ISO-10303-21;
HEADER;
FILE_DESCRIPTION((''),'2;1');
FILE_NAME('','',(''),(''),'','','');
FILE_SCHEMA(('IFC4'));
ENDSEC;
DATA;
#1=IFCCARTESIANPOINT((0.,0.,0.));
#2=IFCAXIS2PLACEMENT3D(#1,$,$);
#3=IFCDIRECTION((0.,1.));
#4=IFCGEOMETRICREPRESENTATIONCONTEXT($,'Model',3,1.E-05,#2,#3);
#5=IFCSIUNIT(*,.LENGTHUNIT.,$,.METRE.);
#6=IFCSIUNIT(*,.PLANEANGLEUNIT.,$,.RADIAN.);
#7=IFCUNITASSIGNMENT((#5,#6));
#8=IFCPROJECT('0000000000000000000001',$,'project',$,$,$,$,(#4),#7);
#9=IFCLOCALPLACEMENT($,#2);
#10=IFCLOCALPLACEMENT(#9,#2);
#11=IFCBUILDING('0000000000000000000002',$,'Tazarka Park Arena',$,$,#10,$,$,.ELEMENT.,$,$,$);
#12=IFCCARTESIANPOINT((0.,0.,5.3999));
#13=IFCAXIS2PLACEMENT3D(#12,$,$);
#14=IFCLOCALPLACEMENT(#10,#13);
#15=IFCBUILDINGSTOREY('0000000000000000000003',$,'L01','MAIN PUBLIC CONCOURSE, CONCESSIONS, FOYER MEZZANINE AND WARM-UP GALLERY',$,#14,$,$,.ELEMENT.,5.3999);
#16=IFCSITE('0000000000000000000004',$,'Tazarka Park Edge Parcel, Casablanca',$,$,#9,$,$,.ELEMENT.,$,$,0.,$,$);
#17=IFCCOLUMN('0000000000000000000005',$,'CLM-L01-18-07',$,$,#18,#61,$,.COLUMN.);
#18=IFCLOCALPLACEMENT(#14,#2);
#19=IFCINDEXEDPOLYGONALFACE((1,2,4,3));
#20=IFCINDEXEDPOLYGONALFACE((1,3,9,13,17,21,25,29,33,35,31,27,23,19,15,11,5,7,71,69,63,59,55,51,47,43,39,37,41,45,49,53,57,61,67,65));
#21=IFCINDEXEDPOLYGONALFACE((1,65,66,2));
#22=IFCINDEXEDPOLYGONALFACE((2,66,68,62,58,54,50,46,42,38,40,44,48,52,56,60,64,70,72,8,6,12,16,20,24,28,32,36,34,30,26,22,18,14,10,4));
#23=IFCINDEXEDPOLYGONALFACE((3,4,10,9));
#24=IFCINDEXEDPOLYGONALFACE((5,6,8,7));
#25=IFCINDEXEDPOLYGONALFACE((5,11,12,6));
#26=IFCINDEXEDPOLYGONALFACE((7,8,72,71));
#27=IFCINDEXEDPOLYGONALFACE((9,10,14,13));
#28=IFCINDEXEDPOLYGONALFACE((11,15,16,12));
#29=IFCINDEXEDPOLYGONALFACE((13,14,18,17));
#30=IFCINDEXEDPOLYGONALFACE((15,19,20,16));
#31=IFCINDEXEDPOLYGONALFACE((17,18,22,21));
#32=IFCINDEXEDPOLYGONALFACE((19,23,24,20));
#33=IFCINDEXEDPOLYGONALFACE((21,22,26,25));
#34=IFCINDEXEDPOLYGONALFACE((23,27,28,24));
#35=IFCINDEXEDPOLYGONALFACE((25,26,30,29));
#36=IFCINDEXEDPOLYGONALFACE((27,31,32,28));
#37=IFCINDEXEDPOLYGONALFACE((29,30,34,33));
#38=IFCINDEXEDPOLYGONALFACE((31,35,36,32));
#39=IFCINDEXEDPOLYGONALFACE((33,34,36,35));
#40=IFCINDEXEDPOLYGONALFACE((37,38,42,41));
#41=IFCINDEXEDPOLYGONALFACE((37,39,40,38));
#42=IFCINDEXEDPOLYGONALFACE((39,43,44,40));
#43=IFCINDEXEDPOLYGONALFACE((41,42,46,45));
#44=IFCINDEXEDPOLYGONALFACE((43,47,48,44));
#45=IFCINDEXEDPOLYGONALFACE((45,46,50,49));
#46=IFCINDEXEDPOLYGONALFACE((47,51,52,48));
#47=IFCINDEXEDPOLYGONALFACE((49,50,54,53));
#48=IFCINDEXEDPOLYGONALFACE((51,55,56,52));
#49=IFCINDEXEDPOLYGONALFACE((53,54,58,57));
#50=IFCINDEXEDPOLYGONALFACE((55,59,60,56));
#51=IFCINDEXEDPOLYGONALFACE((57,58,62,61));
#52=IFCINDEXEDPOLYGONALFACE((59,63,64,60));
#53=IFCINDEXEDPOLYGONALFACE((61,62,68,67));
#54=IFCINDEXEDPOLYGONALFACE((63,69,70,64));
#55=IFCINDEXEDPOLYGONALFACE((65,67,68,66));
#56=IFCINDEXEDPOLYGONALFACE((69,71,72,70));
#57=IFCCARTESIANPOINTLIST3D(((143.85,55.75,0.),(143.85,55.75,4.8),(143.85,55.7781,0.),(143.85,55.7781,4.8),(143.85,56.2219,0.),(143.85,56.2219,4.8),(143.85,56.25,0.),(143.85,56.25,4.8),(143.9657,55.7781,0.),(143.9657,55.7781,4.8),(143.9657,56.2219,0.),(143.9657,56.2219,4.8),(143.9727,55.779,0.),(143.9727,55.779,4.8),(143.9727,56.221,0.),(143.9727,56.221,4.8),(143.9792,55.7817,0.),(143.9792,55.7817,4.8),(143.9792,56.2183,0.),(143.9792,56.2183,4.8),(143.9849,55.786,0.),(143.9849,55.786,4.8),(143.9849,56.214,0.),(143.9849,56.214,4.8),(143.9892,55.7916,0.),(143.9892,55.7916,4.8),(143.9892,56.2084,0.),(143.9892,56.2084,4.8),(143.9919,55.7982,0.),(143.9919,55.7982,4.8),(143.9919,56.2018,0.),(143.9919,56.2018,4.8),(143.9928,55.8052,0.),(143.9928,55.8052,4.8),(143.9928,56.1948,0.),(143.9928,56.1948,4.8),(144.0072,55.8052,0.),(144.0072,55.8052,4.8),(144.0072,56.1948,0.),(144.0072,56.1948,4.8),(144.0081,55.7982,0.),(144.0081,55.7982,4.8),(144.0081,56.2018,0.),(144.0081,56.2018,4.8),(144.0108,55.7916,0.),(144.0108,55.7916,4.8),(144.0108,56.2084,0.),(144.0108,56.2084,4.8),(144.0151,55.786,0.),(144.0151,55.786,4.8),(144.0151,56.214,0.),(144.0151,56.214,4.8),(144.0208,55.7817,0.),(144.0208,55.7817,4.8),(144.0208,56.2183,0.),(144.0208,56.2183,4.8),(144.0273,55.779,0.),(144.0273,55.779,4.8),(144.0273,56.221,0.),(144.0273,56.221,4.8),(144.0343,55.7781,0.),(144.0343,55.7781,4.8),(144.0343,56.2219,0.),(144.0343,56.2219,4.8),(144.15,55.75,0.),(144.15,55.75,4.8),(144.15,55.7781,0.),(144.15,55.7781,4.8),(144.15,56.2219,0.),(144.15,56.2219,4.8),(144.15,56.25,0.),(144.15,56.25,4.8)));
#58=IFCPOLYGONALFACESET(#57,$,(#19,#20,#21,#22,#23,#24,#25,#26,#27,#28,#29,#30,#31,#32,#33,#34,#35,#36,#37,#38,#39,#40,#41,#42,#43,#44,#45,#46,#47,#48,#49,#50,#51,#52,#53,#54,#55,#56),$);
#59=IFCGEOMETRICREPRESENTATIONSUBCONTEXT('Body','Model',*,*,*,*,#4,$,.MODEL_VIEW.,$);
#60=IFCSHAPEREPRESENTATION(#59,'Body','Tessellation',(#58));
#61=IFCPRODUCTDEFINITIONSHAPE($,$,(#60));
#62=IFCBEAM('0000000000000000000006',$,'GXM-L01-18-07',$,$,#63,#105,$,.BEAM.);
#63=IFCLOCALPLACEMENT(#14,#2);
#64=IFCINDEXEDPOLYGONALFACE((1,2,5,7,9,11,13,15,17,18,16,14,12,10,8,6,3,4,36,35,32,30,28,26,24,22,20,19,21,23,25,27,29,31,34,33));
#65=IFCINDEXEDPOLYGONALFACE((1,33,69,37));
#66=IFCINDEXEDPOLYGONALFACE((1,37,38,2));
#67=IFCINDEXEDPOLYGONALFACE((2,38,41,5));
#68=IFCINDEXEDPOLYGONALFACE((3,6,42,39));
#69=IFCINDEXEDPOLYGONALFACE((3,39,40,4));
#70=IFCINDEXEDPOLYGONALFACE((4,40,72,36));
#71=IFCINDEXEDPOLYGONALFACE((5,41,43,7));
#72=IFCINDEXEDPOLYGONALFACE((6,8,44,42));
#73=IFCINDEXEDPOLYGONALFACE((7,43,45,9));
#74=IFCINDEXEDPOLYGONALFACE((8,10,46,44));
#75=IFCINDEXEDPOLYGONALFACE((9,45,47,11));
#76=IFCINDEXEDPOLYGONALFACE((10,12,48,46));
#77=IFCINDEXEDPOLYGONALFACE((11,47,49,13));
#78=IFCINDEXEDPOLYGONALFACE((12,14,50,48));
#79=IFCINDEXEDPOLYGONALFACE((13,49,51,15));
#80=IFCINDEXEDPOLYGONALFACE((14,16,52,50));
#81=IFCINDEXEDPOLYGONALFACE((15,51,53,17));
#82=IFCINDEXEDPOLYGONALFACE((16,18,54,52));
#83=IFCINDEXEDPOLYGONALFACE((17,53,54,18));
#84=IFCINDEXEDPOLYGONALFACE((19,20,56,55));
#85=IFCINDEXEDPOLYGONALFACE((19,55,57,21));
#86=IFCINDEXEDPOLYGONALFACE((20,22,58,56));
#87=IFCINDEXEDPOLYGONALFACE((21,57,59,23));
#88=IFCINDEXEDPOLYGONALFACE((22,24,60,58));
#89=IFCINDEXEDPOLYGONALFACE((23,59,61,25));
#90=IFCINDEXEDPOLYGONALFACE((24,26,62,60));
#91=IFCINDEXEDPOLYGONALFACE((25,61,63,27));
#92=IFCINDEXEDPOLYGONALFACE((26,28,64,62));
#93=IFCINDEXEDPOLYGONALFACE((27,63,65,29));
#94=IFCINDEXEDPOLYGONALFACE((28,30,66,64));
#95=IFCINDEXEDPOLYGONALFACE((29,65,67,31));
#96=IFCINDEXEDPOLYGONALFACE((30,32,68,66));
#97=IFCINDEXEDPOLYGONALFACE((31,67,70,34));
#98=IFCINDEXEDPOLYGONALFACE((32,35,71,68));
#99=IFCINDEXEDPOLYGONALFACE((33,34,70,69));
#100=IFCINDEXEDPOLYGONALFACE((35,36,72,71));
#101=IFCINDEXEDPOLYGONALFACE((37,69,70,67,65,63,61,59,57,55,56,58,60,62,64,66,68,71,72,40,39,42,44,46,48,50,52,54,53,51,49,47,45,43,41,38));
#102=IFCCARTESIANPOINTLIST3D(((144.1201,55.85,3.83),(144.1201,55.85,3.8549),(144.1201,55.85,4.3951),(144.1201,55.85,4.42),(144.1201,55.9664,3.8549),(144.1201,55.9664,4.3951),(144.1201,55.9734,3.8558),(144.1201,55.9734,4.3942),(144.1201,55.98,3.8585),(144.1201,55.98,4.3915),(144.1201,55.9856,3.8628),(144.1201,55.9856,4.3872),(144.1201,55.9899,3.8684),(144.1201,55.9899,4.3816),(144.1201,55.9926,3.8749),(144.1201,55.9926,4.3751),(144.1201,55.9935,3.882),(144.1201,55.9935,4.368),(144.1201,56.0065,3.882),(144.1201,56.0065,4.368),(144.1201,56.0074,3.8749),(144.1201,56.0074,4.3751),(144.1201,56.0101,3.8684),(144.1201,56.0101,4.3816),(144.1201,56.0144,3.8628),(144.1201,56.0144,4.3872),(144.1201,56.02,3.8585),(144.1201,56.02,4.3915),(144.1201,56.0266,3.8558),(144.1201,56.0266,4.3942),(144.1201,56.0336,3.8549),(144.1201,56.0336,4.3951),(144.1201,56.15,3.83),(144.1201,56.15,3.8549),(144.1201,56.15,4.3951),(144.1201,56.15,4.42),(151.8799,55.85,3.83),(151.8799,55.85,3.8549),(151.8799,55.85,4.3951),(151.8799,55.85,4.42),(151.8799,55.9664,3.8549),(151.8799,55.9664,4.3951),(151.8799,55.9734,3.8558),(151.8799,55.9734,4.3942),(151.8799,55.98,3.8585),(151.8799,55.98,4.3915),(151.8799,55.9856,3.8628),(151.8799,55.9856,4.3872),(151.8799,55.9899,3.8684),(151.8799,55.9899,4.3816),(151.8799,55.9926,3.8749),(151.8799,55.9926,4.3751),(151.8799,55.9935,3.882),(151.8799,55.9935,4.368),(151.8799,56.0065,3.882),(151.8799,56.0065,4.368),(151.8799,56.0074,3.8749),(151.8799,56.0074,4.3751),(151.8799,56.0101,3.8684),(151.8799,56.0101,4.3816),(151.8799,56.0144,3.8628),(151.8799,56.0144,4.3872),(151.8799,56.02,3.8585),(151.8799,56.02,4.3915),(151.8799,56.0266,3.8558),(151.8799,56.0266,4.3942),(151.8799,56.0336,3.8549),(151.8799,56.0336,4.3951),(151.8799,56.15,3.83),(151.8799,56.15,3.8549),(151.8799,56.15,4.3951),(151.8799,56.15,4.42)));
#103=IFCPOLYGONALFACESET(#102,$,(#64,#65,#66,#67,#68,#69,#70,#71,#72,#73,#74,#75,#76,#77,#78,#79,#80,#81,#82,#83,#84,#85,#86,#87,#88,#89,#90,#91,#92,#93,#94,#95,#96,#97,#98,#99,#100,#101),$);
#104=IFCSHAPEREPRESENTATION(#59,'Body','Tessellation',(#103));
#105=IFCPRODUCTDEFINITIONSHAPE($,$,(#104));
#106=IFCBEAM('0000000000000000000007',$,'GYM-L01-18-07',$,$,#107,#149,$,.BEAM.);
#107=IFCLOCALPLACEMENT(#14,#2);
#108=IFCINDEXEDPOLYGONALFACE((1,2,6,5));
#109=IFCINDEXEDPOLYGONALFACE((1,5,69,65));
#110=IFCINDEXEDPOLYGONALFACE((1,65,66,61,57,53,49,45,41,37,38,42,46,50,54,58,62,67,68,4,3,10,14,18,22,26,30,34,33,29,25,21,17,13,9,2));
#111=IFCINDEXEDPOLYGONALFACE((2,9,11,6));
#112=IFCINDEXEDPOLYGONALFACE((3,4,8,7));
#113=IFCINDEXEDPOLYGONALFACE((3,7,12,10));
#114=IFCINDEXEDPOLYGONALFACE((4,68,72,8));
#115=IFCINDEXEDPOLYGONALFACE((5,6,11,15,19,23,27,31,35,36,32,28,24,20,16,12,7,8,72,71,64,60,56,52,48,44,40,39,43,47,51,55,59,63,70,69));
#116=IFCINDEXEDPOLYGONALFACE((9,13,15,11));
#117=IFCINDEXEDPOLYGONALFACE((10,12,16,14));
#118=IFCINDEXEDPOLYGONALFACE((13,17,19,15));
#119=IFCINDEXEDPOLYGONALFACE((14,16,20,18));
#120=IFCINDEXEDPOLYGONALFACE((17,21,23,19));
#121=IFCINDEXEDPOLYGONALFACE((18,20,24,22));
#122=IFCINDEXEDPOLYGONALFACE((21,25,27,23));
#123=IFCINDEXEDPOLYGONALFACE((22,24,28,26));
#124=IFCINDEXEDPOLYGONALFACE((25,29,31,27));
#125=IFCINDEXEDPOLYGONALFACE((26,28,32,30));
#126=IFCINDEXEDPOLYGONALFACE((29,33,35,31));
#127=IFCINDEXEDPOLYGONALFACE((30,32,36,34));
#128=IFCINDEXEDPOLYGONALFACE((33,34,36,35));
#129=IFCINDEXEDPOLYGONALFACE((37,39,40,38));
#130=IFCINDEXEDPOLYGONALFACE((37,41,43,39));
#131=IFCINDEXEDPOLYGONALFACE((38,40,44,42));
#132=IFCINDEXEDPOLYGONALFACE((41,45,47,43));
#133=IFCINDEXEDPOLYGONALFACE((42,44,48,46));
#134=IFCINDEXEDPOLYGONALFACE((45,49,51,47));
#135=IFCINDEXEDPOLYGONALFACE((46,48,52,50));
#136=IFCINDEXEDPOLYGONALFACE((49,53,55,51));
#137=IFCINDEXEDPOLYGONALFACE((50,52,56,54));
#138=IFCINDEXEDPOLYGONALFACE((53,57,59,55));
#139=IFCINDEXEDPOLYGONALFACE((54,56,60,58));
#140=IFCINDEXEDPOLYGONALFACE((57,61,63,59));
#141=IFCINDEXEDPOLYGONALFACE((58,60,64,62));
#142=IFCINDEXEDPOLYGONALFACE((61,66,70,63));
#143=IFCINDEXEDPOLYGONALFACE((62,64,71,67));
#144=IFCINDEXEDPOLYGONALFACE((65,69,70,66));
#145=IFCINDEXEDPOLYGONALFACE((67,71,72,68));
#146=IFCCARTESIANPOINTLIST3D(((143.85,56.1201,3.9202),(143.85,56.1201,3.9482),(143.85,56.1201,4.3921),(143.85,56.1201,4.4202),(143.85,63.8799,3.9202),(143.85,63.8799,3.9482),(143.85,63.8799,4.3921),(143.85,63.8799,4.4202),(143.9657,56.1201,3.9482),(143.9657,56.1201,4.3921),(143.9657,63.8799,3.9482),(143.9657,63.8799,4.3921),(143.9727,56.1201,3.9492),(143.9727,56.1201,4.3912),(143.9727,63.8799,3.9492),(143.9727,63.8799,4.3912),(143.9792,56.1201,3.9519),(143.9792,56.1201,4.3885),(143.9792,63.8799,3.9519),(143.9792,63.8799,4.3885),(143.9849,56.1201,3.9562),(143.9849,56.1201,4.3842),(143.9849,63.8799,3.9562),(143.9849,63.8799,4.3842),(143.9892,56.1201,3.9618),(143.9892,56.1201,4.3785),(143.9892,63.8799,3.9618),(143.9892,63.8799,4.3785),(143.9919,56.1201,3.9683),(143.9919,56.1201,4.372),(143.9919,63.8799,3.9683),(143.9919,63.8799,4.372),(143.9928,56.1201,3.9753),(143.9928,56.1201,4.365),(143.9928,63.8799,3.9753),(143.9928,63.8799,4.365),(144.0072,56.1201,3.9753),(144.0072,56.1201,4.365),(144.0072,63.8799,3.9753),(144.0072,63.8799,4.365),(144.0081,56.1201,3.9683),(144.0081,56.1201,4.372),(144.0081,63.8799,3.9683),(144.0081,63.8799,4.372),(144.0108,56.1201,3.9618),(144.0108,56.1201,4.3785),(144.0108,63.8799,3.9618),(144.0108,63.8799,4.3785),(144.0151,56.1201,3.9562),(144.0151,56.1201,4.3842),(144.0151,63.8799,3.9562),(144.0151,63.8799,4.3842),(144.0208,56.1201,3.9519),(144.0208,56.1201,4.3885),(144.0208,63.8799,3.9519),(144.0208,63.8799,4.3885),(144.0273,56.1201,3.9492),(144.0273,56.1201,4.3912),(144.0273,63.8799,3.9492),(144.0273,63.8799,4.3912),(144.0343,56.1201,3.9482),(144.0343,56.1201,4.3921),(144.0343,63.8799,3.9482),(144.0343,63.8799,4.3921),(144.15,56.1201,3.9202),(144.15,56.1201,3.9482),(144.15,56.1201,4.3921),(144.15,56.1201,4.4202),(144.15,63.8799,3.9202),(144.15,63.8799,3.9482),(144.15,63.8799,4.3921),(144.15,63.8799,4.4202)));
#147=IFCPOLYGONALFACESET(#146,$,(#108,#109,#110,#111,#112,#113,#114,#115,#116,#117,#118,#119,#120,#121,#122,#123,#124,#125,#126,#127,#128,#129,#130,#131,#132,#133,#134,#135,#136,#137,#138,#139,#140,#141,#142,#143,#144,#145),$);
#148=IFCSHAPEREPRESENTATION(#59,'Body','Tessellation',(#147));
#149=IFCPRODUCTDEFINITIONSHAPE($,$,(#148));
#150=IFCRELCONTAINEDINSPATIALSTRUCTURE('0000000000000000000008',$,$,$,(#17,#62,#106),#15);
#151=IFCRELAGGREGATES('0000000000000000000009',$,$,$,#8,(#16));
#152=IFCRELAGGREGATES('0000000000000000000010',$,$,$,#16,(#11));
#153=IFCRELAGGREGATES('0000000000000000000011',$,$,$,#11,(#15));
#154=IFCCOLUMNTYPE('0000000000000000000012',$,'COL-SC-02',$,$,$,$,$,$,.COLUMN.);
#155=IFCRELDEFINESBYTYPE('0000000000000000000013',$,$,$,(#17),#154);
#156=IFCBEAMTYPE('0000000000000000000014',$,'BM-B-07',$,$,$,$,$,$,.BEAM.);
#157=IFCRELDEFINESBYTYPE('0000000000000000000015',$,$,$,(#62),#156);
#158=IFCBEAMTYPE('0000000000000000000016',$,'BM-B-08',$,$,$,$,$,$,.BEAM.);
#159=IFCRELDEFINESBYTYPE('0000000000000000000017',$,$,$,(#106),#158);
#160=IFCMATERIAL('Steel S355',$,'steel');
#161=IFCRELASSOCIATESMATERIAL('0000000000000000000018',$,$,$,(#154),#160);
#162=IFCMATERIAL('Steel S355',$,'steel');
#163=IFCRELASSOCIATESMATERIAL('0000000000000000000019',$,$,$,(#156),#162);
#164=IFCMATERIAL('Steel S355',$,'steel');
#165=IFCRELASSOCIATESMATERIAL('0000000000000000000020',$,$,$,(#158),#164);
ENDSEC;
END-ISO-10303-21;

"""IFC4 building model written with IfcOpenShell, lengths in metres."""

from ifc_helpers import new_model, si_unit, direction, frame, origin, origin_2d, place, context, subcontext, project, spatial, i_section, extrude, material, material_profile, profile_set, type_object, element, save


model = new_model("IFC4")

# Units and contexts
model_context = context("Model", 3, precision=1e-05, world=origin(), true_north=direction((0.0, 1.0)))
body_context = subcontext(model_context, "Body", "Model", "MODEL_VIEW")
ifc_project = project(units=[si_unit("LENGTHUNIT", "METRE"), si_unit("PLANEANGLEUNIT", "RADIAN")], contexts=[model_context])

# Site, building, storey
site_placement = place(None, origin())
site = spatial("IfcSite", under=ifc_project, at=site_placement, Name="Tazarka Park Edge Parcel, Casablanca", CompositionType="ELEMENT", RefElevation=0.0)
building_placement = place(site_placement, origin())
building = spatial("IfcBuilding", under=site, at=building_placement, Name="Tazarka Park Arena", CompositionType="ELEMENT")
storey_placement = place(building_placement, frame((0.0, 0.0, 5.3999)))
storey = spatial("IfcBuildingStorey", under=building, at=storey_placement, Name="L01", Description="MAIN PUBLIC CONCOURSE, CONCESSIONS, FOYER MEZZANINE AND WARM-UP GALLERY", CompositionType="ELEMENT", Elevation=5.3999)

# Column
ifc_material_1 = material(Name="Steel S355", Category="steel")
ifc_material_profile_1 = material_profile(ifc_material_1, i_section(OverallWidth=0.3, OverallDepth=0.5, WebThickness=0.0144, FlangeThickness=0.0281, FilletRadius=0.0271, at=origin_2d()), Name="Steel S355")
ifc_profile_set_1 = profile_set([ifc_material_profile_1], Name="Steel S355")
column_type = type_object("IfcColumnType", Name="COL-SC-02", PredefinedType="COLUMN", material=ifc_profile_set_1)
column_placement = place(storey_placement, frame((144.0, 56.0, 0.0), z_axis=(0.0, 0.0, 1.0), x_axis=(1.0, 0.0, 0.0)))
element("IfcColumn", 1, at=column_placement, inside=storey, type_object=column_type, Name="CLM-L01-18-07", PredefinedType="COLUMN", context=body_context, shape_type="SweptSolid", body=[
    extrude(i_section(OverallWidth=0.3, OverallDepth=0.5, WebThickness=0.0144, FlangeThickness=0.0281, FilletRadius=0.0271, at=origin_2d()), origin(), (0.0, 0.0, 1.0), 4.8),
])

# Beams
ifc_material_2 = material(Name="Steel S355", Category="steel")
ifc_material_profile_2 = material_profile(ifc_material_2, i_section(OverallWidth=0.3, OverallDepth=0.5901, WebThickness=0.0129, FlangeThickness=0.0249, FilletRadius=0.0271, at=origin_2d()), Name="Steel S355")
ifc_profile_set_2 = profile_set([ifc_material_profile_2], Name="Steel S355")
beam_type_1 = type_object("IfcBeamType", Name="BM-B-07", PredefinedType="BEAM", material=ifc_profile_set_2)
beam_1_placement = place(storey_placement, frame((144.1201, 56.0, 4.125), z_axis=(1.0, 0.0, 0.0), x_axis=(0.0, 1.0, 0.0)))
element("IfcBeam", 2, at=beam_1_placement, inside=storey, type_object=beam_type_1, Name="GXM-L01-18-07", PredefinedType="BEAM", context=body_context, shape_type="SweptSolid", body=[
    extrude(i_section(OverallWidth=0.3, OverallDepth=0.5901, WebThickness=0.0129, FlangeThickness=0.0249, FilletRadius=0.0271, at=origin_2d()), origin(), (0.0, 0.0, 1.0), 7.7598),
])
ifc_material_3 = material(Name="Steel S355", Category="steel")
ifc_material_profile_3 = material_profile(ifc_material_3, i_section(OverallWidth=0.3, OverallDepth=0.5, WebThickness=0.0144, FlangeThickness=0.0281, FilletRadius=0.0271, at=origin_2d()), Name="Steel S355")
ifc_profile_set_3 = profile_set([ifc_material_profile_3], Name="Steel S355")
beam_type_2 = type_object("IfcBeamType", Name="BM-B-08", PredefinedType="BEAM", material=ifc_profile_set_3)
beam_2_placement = place(storey_placement, frame((144.0, 56.1201, 4.1702), z_axis=(0.0, 1.0, 0.0), x_axis=(-1.0, 0.0, 0.0)))
element("IfcBeam", 3, at=beam_2_placement, inside=storey, type_object=beam_type_2, Name="GYM-L01-18-07", PredefinedType="BEAM", context=body_context, shape_type="SweptSolid", body=[
    extrude(i_section(OverallWidth=0.3, OverallDepth=0.5, WebThickness=0.0144, FlangeThickness=0.0281, FilletRadius=0.0271, at=origin_2d()), origin(), (0.0, 0.0, 1.0), 7.7598),
])

save(model, "model.ifc")
